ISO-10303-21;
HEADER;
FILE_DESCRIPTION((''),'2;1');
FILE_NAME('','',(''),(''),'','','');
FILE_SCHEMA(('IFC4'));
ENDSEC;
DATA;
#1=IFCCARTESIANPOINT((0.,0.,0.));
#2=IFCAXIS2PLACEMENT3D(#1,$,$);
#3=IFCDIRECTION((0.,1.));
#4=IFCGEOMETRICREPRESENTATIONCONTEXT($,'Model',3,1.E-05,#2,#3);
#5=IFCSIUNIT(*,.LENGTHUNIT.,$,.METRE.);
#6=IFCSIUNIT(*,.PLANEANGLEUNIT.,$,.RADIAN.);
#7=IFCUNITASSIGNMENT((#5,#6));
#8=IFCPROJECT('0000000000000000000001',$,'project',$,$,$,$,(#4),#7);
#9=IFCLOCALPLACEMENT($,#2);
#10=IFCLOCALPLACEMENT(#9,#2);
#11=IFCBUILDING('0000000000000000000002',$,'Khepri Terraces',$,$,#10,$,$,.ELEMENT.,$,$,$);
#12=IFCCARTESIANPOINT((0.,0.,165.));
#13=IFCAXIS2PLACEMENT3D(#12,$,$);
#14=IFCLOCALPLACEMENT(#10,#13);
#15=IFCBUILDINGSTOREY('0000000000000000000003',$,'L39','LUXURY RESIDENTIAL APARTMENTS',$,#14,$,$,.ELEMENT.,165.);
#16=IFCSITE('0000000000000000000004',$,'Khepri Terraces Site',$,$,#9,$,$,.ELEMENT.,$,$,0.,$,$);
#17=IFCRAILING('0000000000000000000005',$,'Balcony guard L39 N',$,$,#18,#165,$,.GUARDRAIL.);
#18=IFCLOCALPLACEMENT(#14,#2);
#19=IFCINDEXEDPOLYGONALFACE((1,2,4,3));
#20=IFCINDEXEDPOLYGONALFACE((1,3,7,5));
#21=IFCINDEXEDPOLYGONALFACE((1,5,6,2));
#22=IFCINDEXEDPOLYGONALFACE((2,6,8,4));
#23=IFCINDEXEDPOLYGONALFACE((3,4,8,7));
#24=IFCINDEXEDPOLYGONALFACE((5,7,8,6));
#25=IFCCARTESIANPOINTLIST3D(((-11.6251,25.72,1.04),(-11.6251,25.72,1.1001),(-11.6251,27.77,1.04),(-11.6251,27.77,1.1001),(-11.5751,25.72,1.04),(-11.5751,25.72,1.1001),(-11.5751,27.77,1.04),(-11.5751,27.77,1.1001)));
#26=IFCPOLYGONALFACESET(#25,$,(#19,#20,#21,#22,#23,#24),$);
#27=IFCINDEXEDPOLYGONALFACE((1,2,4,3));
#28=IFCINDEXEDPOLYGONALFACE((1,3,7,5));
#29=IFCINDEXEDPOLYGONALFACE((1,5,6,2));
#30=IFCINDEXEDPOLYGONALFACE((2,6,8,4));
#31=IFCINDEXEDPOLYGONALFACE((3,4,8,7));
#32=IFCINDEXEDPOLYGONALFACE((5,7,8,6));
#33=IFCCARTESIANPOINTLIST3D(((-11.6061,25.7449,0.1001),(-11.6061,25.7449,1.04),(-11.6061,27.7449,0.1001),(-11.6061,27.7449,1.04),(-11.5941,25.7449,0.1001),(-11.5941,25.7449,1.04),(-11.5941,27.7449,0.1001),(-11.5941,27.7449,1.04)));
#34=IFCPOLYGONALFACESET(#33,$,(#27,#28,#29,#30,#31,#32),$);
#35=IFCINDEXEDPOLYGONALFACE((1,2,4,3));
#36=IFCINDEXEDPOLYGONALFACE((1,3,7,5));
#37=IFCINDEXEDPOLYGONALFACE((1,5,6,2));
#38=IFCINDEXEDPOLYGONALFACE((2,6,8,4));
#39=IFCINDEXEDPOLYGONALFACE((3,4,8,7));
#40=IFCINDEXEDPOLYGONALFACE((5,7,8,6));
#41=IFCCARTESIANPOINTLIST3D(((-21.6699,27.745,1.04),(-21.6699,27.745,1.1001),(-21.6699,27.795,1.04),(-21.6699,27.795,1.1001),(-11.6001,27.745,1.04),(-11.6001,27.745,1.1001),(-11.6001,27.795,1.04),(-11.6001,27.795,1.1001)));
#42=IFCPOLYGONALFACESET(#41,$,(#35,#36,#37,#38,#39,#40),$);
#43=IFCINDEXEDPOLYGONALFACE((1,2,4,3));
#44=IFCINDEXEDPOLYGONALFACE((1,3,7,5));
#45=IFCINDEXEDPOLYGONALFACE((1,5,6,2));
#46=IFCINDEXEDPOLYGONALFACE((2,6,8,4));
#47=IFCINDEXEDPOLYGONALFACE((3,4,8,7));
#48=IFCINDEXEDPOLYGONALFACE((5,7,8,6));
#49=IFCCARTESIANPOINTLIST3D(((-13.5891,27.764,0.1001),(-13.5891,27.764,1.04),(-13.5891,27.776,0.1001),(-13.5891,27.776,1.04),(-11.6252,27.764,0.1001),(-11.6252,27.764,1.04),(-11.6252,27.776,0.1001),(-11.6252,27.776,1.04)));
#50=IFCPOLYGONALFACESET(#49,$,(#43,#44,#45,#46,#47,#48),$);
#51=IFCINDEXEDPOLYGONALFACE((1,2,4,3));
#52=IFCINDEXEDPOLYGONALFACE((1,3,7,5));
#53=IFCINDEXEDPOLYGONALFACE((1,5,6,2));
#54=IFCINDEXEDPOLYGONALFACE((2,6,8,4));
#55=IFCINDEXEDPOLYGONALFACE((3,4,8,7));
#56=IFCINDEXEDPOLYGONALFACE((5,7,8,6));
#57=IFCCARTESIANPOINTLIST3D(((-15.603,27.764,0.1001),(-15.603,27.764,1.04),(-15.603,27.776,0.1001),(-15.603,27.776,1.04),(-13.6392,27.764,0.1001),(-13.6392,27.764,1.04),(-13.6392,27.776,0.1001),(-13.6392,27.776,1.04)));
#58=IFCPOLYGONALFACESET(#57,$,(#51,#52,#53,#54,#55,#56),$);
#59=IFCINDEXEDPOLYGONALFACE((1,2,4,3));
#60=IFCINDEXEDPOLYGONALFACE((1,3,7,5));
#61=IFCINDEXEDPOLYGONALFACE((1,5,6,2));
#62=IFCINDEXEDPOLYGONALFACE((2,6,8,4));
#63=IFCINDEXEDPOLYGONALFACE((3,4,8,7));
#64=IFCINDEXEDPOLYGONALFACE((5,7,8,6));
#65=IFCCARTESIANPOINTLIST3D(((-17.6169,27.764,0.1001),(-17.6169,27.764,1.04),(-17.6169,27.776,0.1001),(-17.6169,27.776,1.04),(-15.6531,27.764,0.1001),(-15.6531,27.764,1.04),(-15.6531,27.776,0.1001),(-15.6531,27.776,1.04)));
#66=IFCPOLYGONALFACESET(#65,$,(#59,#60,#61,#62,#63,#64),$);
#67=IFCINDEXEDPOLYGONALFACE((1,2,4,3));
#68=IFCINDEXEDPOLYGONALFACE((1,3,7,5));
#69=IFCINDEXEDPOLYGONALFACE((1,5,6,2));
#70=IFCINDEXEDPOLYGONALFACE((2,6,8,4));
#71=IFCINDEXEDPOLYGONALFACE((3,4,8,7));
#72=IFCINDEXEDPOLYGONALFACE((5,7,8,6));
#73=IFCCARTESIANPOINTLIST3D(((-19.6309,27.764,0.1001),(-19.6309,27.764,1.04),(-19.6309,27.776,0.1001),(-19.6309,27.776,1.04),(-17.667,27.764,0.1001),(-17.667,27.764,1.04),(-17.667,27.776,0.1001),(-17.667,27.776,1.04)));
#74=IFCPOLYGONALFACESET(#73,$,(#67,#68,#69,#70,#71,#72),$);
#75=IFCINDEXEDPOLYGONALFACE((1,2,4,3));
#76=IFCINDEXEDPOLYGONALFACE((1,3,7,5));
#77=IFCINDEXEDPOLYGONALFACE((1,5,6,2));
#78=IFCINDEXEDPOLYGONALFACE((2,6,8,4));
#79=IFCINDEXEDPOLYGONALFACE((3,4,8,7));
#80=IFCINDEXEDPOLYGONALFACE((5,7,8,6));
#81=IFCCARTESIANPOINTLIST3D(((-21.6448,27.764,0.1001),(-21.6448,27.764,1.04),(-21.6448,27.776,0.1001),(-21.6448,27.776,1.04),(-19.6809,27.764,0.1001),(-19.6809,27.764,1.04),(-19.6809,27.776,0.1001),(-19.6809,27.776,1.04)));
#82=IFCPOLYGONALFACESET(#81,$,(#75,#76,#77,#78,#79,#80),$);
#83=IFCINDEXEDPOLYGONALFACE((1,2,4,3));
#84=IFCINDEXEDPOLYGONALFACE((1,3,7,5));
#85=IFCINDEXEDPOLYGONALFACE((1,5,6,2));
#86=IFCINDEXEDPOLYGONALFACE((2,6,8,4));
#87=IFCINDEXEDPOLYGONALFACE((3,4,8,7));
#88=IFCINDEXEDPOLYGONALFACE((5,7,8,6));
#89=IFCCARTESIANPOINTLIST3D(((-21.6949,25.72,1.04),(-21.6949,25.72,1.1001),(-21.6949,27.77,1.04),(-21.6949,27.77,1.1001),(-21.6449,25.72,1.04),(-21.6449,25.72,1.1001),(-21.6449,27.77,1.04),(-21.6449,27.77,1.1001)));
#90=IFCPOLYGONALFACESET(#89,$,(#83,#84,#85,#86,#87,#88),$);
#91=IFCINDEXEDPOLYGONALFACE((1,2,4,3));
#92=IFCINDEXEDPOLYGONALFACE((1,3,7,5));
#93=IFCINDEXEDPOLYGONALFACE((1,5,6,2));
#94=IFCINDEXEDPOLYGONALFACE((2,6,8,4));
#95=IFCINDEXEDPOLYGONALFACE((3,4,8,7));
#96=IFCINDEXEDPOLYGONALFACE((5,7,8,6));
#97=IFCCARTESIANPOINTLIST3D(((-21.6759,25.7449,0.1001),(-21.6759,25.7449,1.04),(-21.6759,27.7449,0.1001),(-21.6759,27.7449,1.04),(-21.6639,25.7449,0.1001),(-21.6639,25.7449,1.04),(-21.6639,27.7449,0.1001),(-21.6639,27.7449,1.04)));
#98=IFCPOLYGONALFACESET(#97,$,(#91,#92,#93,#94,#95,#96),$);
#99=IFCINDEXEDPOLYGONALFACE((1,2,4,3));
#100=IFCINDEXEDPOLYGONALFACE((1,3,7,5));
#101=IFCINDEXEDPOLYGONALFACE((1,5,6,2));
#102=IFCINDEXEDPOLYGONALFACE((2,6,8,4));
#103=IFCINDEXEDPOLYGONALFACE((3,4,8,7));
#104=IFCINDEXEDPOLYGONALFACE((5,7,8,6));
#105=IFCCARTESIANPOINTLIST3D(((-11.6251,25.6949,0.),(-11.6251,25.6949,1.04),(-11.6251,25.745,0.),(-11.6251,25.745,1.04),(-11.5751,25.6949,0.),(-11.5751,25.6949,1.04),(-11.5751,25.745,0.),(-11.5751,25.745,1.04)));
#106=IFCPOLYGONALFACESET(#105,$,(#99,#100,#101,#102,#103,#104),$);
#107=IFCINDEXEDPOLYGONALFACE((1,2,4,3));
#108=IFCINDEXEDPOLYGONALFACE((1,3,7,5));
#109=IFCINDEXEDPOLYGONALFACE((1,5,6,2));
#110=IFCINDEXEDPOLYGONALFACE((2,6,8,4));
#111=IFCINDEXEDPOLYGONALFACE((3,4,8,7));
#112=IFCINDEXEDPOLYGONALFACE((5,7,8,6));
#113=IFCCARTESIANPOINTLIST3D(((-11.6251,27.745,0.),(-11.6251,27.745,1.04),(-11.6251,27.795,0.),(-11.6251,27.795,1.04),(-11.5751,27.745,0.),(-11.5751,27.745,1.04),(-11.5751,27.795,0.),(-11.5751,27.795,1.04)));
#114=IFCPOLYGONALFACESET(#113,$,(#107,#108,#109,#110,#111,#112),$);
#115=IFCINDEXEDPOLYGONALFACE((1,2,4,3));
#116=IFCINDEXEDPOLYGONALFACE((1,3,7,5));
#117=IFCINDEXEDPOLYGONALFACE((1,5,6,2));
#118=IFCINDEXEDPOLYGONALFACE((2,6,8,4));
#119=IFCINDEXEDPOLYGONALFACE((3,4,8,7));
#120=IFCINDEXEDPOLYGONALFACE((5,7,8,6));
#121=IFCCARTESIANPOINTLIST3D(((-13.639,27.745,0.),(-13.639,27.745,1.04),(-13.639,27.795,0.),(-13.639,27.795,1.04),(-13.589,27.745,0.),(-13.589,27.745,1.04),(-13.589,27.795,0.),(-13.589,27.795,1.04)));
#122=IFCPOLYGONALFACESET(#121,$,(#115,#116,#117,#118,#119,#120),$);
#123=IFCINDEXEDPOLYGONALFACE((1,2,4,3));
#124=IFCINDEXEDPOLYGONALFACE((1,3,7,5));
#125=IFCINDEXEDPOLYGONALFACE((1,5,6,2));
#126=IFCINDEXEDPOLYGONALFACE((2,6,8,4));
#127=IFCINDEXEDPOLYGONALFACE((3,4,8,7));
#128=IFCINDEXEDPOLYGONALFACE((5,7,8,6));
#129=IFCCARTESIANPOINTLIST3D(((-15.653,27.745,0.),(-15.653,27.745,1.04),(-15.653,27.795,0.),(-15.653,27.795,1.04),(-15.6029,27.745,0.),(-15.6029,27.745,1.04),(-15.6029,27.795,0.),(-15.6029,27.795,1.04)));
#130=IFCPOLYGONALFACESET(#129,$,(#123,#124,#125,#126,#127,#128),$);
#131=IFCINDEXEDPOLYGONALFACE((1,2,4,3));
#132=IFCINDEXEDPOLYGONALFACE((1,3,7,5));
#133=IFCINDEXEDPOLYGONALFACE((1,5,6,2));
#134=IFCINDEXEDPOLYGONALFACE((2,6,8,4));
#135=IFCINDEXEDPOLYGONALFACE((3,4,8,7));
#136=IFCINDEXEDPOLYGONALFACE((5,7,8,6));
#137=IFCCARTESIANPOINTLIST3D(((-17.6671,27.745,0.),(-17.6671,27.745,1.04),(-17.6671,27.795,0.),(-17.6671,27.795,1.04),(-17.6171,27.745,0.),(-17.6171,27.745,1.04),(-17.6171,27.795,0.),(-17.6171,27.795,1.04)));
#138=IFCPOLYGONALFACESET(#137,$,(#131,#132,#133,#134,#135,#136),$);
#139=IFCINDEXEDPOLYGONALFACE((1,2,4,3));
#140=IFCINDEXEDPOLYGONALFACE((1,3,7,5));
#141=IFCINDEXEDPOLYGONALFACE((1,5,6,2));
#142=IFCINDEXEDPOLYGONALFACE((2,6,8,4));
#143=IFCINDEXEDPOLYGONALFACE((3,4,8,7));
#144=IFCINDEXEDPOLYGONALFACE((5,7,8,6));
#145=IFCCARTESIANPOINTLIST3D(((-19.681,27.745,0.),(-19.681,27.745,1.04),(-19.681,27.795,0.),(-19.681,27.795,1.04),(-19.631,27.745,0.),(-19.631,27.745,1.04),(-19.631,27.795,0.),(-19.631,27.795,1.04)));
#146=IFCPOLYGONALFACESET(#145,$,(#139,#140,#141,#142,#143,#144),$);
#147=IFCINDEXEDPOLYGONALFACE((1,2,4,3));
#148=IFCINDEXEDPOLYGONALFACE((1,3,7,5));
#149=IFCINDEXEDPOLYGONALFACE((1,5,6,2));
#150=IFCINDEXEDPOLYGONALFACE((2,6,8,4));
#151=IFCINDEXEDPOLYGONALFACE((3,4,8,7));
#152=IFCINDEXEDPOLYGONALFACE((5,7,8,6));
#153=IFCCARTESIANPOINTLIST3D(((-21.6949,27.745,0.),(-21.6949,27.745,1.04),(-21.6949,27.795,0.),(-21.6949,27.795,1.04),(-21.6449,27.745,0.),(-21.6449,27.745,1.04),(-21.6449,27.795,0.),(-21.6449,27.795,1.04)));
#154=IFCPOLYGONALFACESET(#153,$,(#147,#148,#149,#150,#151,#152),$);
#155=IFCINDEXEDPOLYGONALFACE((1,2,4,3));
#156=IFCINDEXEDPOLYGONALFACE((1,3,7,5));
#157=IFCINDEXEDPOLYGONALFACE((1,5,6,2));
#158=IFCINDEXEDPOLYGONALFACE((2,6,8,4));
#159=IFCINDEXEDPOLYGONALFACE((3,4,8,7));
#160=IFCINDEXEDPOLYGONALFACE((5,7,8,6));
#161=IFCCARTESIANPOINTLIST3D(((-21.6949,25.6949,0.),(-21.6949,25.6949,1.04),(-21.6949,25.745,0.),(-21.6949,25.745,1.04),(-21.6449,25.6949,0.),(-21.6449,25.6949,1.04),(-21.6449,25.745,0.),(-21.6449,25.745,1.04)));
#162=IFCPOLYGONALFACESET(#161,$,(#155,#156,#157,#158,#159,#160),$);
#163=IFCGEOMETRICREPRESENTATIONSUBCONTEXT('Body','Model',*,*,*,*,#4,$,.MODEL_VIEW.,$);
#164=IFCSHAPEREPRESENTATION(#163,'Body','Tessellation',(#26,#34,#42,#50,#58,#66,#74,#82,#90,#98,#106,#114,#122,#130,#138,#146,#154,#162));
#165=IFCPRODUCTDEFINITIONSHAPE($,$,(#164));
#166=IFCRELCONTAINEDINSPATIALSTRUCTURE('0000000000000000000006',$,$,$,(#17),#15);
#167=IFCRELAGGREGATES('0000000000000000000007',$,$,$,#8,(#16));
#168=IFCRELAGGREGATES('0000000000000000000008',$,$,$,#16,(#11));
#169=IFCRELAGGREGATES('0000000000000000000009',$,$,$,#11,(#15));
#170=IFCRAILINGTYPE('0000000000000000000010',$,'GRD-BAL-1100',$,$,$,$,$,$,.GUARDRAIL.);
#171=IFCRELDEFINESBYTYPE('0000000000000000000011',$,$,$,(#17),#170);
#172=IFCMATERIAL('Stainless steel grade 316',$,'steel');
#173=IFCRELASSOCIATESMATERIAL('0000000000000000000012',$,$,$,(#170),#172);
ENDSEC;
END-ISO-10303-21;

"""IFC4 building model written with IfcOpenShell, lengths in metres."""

from ifc_helpers import new_model, si_unit, direction, frame, origin, origin_2d, place, context, subcontext, project, spatial, rectangle, extrude, material, type_object, element, save


model = new_model("IFC4")

# Units and contexts
model_context = context("Model", 3, precision=1e-05, world=origin(), true_north=direction((0.0, 1.0)))
body_context = subcontext(model_context, "Body", "Model", "MODEL_VIEW")
ifc_project = project(units=[si_unit("LENGTHUNIT", "METRE"), si_unit("PLANEANGLEUNIT", "RADIAN")], contexts=[model_context])

# Site, building, storey
site_placement = place(None, origin())
site = spatial("IfcSite", under=ifc_project, at=site_placement, Name="Khepri Terraces Site", CompositionType="ELEMENT", RefElevation=0.0)
building_placement = place(site_placement, origin())
building = spatial("IfcBuilding", under=site, at=building_placement, Name="Khepri Terraces", CompositionType="ELEMENT")
storey_placement = place(building_placement, frame((0.0, 0.0, 165.0)))
storey = spatial("IfcBuildingStorey", under=building, at=storey_placement, Name="L39", Description="LUXURY RESIDENTIAL APARTMENTS", CompositionType="ELEMENT", Elevation=165.0)

# Railing
ifc_material_1 = material(Name="Stainless steel grade 316", Category="steel")
railing_type_1 = type_object("IfcRailingType", Name="GRD-BAL-1100", PredefinedType="GUARDRAIL", material=ifc_material_1)
railing_1_placement = place(storey_placement, frame((-11.6001, 25.72, 0.0)))
element("IfcRailing", 1, at=railing_1_placement, inside=storey, type_object=railing_type_1, Name="Balcony guard L39 N", PredefinedType="GUARDRAIL", context=body_context, shape_type="SweptSolid", body=[
    extrude(rectangle(XDim=0.05, YDim=0.0601, at=origin_2d()), frame((0.0, 0.0, 1.0701), z_axis=(0.0, 1.0, 0.0), x_axis=(-1.0, 0.0, 0.0)), (0.0, 0.0, 1.0), 2.05),
    extrude(rectangle(XDim=2.0, YDim=0.012, at=origin_2d()), frame((0.0, 1.0249, 0.1001), z_axis=(0.0, 0.0, 1.0), x_axis=(0.0, 1.0, 0.0)), (0.0, 0.0, 1.0), 0.9399),
    extrude(rectangle(XDim=0.05, YDim=0.0601, at=origin_2d()), frame((0.0, 2.05, 1.0701), z_axis=(-1.0, 0.0, 0.0), x_axis=(0.0, -1.0, 0.0)), (0.0, 0.0, 1.0), 10.0698),
    extrude(rectangle(XDim=1.9639, YDim=0.012, at=origin_2d()), frame((-1.0071, 2.05, 0.1001), z_axis=(0.0, 0.0, 1.0), x_axis=(-1.0, 0.0, 0.0)), (0.0, 0.0, 1.0), 0.9399),
    extrude(rectangle(XDim=1.9639, YDim=0.012, at=origin_2d()), frame((-3.021, 2.05, 0.1001), z_axis=(0.0, 0.0, 1.0), x_axis=(-1.0, 0.0, 0.0)), (0.0, 0.0, 1.0), 0.9399),
    extrude(rectangle(XDim=1.9639, YDim=0.012, at=origin_2d()), frame((-5.0349, 2.05, 0.1001), z_axis=(0.0, 0.0, 1.0), x_axis=(-1.0, 0.0, 0.0)), (0.0, 0.0, 1.0), 0.9399),
    extrude(rectangle(XDim=1.9639, YDim=0.012, at=origin_2d()), frame((-7.0488, 2.05, 0.1001), z_axis=(0.0, 0.0, 1.0), x_axis=(-1.0, 0.0, 0.0)), (0.0, 0.0, 1.0), 0.9399),
    extrude(rectangle(XDim=1.9639, YDim=0.012, at=origin_2d()), frame((-9.0627, 2.05, 0.1001), z_axis=(0.0, 0.0, 1.0), x_axis=(-1.0, 0.0, 0.0)), (0.0, 0.0, 1.0), 0.9399),
    extrude(rectangle(XDim=0.05, YDim=0.0601, at=origin_2d()), frame((-10.0698, 2.05, 1.0701), z_axis=(0.0, -1.0, 0.0), x_axis=(1.0, 0.0, 0.0)), (0.0, 0.0, 1.0), 2.05),
    extrude(rectangle(XDim=2.0, YDim=0.012, at=origin_2d()), frame((-10.0698, 1.0249, 0.1001), z_axis=(0.0, 0.0, 1.0), x_axis=(0.0, -1.0, 0.0)), (0.0, 0.0, 1.0), 0.9399),
    extrude(rectangle(XDim=0.05, YDim=0.05, at=origin_2d()), origin(), (0.0, 0.0, 1.0), 1.04),
    extrude(rectangle(XDim=0.05, YDim=0.05, at=origin_2d()), frame((0.0, 2.05, 0.0)), (0.0, 0.0, 1.0), 1.04),
    extrude(rectangle(XDim=0.05, YDim=0.05, at=origin_2d()), frame((-2.0139, 2.05, 0.0)), (0.0, 0.0, 1.0), 1.04),
    extrude(rectangle(XDim=0.05, YDim=0.05, at=origin_2d()), frame((-4.0278, 2.05, 0.0)), (0.0, 0.0, 1.0), 1.04),
    extrude(rectangle(XDim=0.05, YDim=0.05, at=origin_2d()), frame((-6.042, 2.05, 0.0)), (0.0, 0.0, 1.0), 1.04),
    extrude(rectangle(XDim=0.05, YDim=0.05, at=origin_2d()), frame((-8.0559, 2.05, 0.0)), (0.0, 0.0, 1.0), 1.04),
    extrude(rectangle(XDim=0.05, YDim=0.05, at=origin_2d()), frame((-10.0698, 2.05, 0.0)), (0.0, 0.0, 1.0), 1.04),
    extrude(rectangle(XDim=0.05, YDim=0.05, at=origin_2d()), frame((-10.0698, 0.0, 0.0)), (0.0, 0.0, 1.0), 1.04),
])

save(model, "model.ifc")
